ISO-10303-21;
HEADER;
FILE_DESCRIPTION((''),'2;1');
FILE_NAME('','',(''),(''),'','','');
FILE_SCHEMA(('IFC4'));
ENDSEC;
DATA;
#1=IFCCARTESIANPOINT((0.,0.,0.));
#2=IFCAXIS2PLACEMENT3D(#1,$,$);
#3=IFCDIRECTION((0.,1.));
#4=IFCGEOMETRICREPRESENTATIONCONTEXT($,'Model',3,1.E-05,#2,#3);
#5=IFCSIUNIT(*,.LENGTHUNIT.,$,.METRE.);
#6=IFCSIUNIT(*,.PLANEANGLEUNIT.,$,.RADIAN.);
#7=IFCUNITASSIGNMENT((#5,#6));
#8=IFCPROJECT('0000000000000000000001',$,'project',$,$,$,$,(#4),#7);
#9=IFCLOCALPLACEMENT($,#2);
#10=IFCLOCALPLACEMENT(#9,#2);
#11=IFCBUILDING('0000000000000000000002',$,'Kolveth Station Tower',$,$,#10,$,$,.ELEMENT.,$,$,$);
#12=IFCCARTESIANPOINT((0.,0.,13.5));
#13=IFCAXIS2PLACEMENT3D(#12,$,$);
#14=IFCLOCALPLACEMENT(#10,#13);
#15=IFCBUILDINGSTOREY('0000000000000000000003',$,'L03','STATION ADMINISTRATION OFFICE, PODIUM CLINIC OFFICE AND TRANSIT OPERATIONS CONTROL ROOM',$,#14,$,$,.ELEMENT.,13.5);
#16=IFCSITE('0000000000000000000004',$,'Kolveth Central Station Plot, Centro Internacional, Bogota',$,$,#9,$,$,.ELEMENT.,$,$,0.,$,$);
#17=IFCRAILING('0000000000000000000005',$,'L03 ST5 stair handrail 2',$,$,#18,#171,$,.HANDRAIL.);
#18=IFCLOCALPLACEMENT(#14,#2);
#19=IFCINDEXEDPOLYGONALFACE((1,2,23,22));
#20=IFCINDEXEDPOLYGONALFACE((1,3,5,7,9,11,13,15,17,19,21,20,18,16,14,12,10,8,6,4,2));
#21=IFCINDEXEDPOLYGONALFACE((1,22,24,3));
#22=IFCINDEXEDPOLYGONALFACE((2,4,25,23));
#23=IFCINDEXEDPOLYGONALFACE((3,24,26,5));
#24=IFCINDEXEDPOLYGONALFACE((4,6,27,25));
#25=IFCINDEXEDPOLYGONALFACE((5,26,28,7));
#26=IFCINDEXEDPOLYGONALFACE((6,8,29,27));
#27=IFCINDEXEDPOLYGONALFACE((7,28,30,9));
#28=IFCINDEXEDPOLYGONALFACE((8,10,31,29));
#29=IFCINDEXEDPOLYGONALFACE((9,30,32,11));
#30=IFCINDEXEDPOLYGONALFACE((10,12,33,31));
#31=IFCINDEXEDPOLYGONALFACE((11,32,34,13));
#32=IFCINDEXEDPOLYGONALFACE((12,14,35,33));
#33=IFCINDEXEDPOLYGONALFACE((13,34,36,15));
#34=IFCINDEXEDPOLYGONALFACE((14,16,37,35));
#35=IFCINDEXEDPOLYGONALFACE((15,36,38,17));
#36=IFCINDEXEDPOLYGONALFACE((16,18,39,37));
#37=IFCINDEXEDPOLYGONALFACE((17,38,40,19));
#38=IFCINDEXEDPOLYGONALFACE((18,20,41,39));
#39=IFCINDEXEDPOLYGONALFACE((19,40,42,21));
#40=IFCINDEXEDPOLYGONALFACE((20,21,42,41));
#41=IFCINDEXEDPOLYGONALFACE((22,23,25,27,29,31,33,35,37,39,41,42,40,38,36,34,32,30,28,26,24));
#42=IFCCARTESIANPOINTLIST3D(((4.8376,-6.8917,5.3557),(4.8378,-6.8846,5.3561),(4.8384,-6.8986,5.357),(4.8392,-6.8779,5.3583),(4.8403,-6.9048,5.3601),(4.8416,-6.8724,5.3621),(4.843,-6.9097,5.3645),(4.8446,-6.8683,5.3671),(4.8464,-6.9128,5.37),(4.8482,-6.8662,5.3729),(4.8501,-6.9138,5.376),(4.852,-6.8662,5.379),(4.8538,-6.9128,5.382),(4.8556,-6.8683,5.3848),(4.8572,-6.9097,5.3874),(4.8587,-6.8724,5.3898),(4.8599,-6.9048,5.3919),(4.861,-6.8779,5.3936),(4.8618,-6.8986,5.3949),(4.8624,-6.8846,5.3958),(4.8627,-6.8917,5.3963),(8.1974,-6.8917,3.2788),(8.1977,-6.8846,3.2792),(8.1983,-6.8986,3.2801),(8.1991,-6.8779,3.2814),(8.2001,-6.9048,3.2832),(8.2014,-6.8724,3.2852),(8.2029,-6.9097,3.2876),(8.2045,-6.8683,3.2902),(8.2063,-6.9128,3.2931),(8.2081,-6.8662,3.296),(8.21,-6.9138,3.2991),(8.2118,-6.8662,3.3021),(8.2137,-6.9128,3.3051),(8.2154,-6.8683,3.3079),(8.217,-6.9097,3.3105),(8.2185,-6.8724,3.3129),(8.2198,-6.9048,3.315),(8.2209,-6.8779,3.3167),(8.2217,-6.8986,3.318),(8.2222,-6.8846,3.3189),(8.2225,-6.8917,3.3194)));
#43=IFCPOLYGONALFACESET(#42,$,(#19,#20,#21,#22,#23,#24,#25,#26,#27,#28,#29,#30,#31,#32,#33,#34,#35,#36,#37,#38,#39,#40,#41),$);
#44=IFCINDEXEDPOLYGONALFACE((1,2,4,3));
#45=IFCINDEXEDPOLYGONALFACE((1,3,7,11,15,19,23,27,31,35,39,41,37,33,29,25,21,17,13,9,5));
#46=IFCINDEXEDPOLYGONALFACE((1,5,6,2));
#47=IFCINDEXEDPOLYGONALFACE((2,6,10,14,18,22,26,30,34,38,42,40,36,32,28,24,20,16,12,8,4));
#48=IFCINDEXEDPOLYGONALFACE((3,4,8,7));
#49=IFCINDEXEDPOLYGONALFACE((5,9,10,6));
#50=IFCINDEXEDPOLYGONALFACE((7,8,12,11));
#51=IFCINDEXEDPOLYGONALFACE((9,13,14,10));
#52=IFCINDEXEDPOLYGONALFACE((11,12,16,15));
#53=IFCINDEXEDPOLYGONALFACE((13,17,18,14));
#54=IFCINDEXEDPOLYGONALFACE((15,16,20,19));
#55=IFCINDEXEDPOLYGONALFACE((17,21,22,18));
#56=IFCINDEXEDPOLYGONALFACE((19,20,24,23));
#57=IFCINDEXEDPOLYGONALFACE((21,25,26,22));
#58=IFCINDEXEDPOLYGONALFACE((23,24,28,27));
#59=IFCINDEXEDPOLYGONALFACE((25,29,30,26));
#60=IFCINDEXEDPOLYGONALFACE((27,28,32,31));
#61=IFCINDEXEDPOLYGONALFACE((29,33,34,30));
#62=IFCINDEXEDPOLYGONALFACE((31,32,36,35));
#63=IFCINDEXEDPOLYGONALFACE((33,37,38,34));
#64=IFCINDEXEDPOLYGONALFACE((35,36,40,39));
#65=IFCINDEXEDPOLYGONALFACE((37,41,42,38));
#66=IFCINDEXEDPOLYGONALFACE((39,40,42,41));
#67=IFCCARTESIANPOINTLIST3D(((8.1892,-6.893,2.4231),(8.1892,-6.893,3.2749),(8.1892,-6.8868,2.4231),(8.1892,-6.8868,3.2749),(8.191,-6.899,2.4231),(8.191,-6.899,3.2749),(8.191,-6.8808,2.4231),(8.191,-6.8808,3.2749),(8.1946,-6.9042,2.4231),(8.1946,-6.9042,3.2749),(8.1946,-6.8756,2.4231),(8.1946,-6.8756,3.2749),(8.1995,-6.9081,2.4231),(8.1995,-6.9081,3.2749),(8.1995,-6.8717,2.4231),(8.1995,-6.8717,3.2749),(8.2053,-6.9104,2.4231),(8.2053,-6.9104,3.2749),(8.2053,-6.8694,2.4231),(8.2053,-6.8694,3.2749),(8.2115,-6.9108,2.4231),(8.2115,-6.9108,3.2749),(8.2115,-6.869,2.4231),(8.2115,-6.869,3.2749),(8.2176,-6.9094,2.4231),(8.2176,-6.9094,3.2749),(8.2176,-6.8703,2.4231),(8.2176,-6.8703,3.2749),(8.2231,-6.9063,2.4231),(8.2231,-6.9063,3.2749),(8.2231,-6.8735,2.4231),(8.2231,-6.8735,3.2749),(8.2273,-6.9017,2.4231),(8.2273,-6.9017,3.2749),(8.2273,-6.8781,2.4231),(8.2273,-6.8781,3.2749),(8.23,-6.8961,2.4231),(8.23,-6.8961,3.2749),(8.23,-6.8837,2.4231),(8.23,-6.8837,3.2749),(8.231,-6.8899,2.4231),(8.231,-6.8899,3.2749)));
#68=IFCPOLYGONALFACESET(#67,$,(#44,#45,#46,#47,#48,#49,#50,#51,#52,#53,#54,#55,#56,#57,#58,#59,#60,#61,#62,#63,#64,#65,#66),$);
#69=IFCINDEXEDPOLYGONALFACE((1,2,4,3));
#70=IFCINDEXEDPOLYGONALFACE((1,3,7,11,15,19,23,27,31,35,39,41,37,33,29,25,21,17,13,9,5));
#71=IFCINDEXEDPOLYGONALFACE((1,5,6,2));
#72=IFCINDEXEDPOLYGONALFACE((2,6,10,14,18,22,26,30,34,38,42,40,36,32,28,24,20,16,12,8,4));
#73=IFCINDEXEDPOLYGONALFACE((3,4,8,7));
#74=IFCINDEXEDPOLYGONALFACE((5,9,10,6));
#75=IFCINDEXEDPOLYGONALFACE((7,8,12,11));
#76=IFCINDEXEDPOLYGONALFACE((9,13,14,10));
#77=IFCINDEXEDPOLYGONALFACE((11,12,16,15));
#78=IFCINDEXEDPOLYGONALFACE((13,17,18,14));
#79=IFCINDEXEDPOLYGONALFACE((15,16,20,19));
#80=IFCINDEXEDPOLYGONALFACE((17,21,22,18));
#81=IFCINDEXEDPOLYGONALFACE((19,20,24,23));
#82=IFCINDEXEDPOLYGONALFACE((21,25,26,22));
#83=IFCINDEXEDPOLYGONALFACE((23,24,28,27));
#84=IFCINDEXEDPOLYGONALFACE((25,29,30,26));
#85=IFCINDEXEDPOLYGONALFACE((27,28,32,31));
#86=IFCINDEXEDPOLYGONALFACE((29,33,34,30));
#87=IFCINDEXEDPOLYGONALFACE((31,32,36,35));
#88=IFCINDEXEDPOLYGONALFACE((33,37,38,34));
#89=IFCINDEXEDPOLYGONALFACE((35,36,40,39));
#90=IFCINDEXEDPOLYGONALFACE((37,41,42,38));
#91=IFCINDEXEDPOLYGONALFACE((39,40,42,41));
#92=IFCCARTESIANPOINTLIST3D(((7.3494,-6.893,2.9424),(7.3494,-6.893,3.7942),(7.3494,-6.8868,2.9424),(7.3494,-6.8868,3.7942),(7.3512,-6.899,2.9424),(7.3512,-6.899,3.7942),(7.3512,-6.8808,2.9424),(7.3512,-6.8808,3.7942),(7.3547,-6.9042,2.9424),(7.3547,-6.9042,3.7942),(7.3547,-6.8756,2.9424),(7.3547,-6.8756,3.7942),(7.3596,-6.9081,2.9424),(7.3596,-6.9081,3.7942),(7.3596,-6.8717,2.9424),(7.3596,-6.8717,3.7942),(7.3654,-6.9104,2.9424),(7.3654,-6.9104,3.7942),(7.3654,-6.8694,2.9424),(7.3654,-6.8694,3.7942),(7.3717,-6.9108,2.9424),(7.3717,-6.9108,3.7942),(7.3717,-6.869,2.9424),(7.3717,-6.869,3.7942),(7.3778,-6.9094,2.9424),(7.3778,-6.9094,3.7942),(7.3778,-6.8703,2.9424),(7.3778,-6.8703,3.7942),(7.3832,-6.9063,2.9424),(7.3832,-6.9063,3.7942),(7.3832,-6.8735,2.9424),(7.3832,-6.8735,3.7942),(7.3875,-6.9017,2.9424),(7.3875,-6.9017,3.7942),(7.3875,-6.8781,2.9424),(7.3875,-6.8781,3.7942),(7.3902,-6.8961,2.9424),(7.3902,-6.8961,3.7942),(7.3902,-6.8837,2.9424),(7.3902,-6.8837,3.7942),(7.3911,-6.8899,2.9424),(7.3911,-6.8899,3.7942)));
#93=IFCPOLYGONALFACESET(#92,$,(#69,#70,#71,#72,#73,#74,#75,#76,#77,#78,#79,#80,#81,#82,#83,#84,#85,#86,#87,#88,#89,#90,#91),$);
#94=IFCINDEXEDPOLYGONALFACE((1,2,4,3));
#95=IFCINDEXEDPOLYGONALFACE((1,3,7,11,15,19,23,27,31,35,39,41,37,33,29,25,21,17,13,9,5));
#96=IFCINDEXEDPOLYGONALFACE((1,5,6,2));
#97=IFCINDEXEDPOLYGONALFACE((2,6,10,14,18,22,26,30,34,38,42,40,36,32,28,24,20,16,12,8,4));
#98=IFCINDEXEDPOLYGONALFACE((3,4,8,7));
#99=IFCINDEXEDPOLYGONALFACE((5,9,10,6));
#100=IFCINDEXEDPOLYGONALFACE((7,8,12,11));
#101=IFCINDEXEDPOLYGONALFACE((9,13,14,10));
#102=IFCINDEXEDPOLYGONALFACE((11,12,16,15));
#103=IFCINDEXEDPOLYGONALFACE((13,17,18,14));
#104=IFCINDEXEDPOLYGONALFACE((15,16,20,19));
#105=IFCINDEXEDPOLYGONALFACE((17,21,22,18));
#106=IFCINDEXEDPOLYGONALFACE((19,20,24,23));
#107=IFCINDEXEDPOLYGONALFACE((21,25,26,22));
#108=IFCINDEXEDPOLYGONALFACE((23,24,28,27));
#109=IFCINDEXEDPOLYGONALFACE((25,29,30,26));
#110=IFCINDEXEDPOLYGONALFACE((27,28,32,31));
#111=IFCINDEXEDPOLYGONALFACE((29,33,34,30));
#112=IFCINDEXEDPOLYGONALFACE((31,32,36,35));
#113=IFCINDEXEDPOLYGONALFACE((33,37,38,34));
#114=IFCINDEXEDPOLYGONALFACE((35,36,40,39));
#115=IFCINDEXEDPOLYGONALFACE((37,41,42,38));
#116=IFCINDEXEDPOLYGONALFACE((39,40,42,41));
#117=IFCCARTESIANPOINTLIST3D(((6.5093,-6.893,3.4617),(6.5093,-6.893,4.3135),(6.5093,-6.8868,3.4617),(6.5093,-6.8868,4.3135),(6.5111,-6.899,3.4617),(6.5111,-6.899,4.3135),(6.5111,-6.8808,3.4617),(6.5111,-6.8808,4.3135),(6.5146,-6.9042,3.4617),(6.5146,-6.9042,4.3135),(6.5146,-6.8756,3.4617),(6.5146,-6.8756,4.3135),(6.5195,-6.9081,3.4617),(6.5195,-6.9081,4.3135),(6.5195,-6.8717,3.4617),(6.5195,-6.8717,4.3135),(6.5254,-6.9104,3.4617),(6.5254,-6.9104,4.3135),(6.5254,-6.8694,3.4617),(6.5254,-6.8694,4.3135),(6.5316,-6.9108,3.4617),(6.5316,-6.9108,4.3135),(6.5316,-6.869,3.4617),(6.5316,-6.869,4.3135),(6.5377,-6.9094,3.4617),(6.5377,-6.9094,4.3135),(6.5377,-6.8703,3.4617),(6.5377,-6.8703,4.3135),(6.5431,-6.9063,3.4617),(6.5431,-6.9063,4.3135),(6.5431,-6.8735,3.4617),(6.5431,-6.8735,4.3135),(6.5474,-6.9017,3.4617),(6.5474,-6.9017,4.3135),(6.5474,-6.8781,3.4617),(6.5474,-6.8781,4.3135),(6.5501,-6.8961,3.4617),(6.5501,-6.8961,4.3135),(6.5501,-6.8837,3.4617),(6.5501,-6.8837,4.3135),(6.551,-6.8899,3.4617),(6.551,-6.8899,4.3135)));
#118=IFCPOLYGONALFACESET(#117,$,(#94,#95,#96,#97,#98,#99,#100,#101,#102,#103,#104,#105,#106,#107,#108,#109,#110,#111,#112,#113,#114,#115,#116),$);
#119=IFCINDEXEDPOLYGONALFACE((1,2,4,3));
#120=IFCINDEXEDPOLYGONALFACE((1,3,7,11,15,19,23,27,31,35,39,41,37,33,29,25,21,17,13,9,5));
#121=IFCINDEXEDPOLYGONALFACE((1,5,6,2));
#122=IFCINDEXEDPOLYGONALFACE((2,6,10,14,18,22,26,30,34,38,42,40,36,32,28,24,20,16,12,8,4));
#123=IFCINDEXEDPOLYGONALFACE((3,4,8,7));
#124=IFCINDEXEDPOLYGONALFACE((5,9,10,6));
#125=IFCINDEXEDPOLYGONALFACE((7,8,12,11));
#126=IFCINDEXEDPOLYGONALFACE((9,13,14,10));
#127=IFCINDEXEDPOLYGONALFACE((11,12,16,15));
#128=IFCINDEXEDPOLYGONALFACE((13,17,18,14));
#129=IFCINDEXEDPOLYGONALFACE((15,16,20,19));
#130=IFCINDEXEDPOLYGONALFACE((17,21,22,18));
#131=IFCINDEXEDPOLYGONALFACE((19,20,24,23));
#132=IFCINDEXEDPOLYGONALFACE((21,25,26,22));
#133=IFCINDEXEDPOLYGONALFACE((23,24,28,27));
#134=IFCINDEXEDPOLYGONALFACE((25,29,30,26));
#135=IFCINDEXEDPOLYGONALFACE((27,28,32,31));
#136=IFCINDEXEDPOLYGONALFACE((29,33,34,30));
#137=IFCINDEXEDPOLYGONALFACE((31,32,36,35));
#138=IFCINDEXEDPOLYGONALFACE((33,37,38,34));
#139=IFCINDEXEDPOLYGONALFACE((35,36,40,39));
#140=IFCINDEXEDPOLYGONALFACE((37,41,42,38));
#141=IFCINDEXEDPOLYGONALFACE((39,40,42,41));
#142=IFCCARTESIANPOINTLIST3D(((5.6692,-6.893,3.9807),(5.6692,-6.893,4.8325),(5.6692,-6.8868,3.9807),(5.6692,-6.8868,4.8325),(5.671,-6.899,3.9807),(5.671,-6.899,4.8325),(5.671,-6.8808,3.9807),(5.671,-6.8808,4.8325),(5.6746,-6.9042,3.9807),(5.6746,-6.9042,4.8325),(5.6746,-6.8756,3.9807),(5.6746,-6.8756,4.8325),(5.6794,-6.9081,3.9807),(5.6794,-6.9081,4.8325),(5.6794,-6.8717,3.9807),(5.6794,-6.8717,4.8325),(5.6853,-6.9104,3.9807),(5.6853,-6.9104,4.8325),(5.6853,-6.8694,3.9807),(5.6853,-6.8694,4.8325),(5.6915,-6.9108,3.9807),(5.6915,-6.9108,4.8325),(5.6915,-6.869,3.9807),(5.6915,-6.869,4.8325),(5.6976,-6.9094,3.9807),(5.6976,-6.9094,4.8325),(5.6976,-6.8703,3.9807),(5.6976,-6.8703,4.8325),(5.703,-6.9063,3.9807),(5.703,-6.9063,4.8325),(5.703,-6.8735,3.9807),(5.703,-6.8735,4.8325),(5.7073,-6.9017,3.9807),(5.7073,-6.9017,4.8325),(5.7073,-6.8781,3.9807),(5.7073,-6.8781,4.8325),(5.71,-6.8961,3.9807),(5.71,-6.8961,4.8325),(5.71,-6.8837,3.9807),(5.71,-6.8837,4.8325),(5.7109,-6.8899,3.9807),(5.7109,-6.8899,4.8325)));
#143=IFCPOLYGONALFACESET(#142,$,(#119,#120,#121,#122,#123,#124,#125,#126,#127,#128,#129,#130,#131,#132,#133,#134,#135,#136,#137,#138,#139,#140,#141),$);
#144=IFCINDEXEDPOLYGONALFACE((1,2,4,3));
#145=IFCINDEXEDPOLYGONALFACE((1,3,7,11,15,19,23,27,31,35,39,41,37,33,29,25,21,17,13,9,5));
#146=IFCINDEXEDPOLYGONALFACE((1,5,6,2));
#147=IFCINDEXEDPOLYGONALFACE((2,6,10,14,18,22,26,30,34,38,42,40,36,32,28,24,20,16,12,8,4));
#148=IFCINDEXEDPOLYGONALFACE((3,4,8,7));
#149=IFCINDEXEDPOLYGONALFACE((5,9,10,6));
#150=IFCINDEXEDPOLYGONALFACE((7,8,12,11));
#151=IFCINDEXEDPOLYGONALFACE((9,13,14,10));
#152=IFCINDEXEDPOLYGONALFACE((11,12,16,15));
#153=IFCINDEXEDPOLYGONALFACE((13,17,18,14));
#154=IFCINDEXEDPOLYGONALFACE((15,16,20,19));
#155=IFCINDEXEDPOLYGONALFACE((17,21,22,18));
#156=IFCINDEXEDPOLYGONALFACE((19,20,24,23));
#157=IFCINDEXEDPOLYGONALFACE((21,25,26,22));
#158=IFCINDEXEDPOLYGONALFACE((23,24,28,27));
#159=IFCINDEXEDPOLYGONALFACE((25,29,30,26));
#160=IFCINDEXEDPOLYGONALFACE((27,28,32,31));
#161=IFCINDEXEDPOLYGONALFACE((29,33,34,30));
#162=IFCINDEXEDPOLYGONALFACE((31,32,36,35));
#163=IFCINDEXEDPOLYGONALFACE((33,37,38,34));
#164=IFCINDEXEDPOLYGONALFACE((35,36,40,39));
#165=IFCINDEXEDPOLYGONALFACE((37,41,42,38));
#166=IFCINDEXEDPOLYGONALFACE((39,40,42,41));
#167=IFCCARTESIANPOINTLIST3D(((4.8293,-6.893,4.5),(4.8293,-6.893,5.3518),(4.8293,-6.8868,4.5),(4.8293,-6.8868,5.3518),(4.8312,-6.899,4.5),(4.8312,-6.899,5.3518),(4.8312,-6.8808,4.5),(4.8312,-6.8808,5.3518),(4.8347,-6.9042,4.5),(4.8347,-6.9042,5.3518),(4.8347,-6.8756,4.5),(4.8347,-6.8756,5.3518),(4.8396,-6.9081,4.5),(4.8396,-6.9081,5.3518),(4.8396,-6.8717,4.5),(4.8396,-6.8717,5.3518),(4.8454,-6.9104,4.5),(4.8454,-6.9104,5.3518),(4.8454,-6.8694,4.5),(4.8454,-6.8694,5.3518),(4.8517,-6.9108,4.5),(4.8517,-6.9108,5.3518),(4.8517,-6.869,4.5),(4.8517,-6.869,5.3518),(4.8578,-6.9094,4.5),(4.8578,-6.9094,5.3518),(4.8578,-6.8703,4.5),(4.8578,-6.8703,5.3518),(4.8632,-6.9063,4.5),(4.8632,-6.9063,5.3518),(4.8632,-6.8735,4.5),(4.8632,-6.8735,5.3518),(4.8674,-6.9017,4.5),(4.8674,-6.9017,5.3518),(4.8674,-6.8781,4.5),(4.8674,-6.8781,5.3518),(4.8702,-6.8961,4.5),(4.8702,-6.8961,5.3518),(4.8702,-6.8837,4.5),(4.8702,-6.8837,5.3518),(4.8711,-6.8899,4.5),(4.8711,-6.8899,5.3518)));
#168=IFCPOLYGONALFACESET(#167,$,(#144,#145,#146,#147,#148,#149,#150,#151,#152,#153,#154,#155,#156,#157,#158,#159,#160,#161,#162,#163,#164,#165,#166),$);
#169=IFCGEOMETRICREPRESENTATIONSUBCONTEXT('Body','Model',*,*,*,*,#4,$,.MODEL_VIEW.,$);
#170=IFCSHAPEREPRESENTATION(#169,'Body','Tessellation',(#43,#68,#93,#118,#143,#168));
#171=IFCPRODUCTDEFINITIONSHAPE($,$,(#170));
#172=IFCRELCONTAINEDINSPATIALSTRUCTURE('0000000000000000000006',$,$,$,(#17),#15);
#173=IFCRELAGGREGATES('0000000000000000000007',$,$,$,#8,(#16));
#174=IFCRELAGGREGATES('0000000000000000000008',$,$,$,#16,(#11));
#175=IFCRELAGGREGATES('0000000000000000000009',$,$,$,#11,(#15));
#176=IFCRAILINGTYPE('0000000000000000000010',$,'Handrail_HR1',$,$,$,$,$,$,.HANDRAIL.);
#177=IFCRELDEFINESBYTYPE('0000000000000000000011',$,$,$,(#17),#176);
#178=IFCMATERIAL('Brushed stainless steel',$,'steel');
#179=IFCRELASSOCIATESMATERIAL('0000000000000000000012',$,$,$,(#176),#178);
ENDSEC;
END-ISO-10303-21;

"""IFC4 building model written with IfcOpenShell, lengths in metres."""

from ifc_helpers import new_model, si_unit, direction, frame, origin, origin_2d, place, context, subcontext, project, spatial, circle, extrude, material, type_object, element, save


model = new_model("IFC4")

# Units and contexts
model_context = context("Model", 3, precision=1e-05, world=origin(), true_north=direction((0.0, 1.0)))
body_context = subcontext(model_context, "Body", "Model", "MODEL_VIEW")
ifc_project = project(units=[si_unit("LENGTHUNIT", "METRE"), si_unit("PLANEANGLEUNIT", "RADIAN")], contexts=[model_context])

# Site, building, storey
site_placement = place(None, origin())
site = spatial("IfcSite", under=ifc_project, at=site_placement, Name="Kolveth Central Station Plot, Centro Internacional, Bogota", CompositionType="ELEMENT", RefElevation=0.0)
building_placement = place(site_placement, origin())
building = spatial("IfcBuilding", under=site, at=building_placement, Name="Kolveth Station Tower", CompositionType="ELEMENT")
storey_placement = place(building_placement, frame((0.0, 0.0, 13.5)))
storey = spatial("IfcBuildingStorey", under=building, at=storey_placement, Name="L03", Description="STATION ADMINISTRATION OFFICE, PODIUM CLINIC OFFICE AND TRANSIT OPERATIONS CONTROL ROOM", CompositionType="ELEMENT", Elevation=13.5)

# Railing
ifc_material_1 = material(Name="Brushed stainless steel", Category="steel")
railing_type_1 = type_object("IfcRailingType", Name="Handrail_HR1", PredefinedType="HANDRAIL", material=ifc_material_1)
railing_1_placement = place(storey_placement, frame((8.21, -6.8899, 2.4231)))
element("IfcRailing", 1, at=railing_1_placement, inside=storey, type_object=railing_type_1, Name="L03 ST5 stair handrail 2", PredefinedType="HANDRAIL", context=body_context, shape_type="SweptSolid", body=[
    extrude(circle(Radius=0.0239, at=origin_2d()), frame((0.0, 0.0, 0.876), z_axis=(-0.850606, 0.0, 0.525803), x_axis=(0.0, -1.0, 0.0)), (0.0, 0.0, 1.0), 3.95),
    extrude(circle(Radius=0.021, at=origin_2d()), origin(), (0.0, 0.0, 1.0), 0.8518),
    extrude(circle(Radius=0.021, at=origin_2d()), frame((-0.8398, 0.0, 0.5193)), (0.0, 0.0, 1.0), 0.8518),
    extrude(circle(Radius=0.021, at=origin_2d()), frame((-1.6799, 0.0, 1.0386)), (0.0, 0.0, 1.0), 0.8518),
    extrude(circle(Radius=0.021, at=origin_2d()), frame((-2.52, 0.0, 1.5576)), (0.0, 0.0, 1.0), 0.8518),
    extrude(circle(Radius=0.021, at=origin_2d()), frame((-3.3599, 0.0, 2.0769)), (0.0, 0.0, 1.0), 0.8518),
])

save(model, "model.ifc")
